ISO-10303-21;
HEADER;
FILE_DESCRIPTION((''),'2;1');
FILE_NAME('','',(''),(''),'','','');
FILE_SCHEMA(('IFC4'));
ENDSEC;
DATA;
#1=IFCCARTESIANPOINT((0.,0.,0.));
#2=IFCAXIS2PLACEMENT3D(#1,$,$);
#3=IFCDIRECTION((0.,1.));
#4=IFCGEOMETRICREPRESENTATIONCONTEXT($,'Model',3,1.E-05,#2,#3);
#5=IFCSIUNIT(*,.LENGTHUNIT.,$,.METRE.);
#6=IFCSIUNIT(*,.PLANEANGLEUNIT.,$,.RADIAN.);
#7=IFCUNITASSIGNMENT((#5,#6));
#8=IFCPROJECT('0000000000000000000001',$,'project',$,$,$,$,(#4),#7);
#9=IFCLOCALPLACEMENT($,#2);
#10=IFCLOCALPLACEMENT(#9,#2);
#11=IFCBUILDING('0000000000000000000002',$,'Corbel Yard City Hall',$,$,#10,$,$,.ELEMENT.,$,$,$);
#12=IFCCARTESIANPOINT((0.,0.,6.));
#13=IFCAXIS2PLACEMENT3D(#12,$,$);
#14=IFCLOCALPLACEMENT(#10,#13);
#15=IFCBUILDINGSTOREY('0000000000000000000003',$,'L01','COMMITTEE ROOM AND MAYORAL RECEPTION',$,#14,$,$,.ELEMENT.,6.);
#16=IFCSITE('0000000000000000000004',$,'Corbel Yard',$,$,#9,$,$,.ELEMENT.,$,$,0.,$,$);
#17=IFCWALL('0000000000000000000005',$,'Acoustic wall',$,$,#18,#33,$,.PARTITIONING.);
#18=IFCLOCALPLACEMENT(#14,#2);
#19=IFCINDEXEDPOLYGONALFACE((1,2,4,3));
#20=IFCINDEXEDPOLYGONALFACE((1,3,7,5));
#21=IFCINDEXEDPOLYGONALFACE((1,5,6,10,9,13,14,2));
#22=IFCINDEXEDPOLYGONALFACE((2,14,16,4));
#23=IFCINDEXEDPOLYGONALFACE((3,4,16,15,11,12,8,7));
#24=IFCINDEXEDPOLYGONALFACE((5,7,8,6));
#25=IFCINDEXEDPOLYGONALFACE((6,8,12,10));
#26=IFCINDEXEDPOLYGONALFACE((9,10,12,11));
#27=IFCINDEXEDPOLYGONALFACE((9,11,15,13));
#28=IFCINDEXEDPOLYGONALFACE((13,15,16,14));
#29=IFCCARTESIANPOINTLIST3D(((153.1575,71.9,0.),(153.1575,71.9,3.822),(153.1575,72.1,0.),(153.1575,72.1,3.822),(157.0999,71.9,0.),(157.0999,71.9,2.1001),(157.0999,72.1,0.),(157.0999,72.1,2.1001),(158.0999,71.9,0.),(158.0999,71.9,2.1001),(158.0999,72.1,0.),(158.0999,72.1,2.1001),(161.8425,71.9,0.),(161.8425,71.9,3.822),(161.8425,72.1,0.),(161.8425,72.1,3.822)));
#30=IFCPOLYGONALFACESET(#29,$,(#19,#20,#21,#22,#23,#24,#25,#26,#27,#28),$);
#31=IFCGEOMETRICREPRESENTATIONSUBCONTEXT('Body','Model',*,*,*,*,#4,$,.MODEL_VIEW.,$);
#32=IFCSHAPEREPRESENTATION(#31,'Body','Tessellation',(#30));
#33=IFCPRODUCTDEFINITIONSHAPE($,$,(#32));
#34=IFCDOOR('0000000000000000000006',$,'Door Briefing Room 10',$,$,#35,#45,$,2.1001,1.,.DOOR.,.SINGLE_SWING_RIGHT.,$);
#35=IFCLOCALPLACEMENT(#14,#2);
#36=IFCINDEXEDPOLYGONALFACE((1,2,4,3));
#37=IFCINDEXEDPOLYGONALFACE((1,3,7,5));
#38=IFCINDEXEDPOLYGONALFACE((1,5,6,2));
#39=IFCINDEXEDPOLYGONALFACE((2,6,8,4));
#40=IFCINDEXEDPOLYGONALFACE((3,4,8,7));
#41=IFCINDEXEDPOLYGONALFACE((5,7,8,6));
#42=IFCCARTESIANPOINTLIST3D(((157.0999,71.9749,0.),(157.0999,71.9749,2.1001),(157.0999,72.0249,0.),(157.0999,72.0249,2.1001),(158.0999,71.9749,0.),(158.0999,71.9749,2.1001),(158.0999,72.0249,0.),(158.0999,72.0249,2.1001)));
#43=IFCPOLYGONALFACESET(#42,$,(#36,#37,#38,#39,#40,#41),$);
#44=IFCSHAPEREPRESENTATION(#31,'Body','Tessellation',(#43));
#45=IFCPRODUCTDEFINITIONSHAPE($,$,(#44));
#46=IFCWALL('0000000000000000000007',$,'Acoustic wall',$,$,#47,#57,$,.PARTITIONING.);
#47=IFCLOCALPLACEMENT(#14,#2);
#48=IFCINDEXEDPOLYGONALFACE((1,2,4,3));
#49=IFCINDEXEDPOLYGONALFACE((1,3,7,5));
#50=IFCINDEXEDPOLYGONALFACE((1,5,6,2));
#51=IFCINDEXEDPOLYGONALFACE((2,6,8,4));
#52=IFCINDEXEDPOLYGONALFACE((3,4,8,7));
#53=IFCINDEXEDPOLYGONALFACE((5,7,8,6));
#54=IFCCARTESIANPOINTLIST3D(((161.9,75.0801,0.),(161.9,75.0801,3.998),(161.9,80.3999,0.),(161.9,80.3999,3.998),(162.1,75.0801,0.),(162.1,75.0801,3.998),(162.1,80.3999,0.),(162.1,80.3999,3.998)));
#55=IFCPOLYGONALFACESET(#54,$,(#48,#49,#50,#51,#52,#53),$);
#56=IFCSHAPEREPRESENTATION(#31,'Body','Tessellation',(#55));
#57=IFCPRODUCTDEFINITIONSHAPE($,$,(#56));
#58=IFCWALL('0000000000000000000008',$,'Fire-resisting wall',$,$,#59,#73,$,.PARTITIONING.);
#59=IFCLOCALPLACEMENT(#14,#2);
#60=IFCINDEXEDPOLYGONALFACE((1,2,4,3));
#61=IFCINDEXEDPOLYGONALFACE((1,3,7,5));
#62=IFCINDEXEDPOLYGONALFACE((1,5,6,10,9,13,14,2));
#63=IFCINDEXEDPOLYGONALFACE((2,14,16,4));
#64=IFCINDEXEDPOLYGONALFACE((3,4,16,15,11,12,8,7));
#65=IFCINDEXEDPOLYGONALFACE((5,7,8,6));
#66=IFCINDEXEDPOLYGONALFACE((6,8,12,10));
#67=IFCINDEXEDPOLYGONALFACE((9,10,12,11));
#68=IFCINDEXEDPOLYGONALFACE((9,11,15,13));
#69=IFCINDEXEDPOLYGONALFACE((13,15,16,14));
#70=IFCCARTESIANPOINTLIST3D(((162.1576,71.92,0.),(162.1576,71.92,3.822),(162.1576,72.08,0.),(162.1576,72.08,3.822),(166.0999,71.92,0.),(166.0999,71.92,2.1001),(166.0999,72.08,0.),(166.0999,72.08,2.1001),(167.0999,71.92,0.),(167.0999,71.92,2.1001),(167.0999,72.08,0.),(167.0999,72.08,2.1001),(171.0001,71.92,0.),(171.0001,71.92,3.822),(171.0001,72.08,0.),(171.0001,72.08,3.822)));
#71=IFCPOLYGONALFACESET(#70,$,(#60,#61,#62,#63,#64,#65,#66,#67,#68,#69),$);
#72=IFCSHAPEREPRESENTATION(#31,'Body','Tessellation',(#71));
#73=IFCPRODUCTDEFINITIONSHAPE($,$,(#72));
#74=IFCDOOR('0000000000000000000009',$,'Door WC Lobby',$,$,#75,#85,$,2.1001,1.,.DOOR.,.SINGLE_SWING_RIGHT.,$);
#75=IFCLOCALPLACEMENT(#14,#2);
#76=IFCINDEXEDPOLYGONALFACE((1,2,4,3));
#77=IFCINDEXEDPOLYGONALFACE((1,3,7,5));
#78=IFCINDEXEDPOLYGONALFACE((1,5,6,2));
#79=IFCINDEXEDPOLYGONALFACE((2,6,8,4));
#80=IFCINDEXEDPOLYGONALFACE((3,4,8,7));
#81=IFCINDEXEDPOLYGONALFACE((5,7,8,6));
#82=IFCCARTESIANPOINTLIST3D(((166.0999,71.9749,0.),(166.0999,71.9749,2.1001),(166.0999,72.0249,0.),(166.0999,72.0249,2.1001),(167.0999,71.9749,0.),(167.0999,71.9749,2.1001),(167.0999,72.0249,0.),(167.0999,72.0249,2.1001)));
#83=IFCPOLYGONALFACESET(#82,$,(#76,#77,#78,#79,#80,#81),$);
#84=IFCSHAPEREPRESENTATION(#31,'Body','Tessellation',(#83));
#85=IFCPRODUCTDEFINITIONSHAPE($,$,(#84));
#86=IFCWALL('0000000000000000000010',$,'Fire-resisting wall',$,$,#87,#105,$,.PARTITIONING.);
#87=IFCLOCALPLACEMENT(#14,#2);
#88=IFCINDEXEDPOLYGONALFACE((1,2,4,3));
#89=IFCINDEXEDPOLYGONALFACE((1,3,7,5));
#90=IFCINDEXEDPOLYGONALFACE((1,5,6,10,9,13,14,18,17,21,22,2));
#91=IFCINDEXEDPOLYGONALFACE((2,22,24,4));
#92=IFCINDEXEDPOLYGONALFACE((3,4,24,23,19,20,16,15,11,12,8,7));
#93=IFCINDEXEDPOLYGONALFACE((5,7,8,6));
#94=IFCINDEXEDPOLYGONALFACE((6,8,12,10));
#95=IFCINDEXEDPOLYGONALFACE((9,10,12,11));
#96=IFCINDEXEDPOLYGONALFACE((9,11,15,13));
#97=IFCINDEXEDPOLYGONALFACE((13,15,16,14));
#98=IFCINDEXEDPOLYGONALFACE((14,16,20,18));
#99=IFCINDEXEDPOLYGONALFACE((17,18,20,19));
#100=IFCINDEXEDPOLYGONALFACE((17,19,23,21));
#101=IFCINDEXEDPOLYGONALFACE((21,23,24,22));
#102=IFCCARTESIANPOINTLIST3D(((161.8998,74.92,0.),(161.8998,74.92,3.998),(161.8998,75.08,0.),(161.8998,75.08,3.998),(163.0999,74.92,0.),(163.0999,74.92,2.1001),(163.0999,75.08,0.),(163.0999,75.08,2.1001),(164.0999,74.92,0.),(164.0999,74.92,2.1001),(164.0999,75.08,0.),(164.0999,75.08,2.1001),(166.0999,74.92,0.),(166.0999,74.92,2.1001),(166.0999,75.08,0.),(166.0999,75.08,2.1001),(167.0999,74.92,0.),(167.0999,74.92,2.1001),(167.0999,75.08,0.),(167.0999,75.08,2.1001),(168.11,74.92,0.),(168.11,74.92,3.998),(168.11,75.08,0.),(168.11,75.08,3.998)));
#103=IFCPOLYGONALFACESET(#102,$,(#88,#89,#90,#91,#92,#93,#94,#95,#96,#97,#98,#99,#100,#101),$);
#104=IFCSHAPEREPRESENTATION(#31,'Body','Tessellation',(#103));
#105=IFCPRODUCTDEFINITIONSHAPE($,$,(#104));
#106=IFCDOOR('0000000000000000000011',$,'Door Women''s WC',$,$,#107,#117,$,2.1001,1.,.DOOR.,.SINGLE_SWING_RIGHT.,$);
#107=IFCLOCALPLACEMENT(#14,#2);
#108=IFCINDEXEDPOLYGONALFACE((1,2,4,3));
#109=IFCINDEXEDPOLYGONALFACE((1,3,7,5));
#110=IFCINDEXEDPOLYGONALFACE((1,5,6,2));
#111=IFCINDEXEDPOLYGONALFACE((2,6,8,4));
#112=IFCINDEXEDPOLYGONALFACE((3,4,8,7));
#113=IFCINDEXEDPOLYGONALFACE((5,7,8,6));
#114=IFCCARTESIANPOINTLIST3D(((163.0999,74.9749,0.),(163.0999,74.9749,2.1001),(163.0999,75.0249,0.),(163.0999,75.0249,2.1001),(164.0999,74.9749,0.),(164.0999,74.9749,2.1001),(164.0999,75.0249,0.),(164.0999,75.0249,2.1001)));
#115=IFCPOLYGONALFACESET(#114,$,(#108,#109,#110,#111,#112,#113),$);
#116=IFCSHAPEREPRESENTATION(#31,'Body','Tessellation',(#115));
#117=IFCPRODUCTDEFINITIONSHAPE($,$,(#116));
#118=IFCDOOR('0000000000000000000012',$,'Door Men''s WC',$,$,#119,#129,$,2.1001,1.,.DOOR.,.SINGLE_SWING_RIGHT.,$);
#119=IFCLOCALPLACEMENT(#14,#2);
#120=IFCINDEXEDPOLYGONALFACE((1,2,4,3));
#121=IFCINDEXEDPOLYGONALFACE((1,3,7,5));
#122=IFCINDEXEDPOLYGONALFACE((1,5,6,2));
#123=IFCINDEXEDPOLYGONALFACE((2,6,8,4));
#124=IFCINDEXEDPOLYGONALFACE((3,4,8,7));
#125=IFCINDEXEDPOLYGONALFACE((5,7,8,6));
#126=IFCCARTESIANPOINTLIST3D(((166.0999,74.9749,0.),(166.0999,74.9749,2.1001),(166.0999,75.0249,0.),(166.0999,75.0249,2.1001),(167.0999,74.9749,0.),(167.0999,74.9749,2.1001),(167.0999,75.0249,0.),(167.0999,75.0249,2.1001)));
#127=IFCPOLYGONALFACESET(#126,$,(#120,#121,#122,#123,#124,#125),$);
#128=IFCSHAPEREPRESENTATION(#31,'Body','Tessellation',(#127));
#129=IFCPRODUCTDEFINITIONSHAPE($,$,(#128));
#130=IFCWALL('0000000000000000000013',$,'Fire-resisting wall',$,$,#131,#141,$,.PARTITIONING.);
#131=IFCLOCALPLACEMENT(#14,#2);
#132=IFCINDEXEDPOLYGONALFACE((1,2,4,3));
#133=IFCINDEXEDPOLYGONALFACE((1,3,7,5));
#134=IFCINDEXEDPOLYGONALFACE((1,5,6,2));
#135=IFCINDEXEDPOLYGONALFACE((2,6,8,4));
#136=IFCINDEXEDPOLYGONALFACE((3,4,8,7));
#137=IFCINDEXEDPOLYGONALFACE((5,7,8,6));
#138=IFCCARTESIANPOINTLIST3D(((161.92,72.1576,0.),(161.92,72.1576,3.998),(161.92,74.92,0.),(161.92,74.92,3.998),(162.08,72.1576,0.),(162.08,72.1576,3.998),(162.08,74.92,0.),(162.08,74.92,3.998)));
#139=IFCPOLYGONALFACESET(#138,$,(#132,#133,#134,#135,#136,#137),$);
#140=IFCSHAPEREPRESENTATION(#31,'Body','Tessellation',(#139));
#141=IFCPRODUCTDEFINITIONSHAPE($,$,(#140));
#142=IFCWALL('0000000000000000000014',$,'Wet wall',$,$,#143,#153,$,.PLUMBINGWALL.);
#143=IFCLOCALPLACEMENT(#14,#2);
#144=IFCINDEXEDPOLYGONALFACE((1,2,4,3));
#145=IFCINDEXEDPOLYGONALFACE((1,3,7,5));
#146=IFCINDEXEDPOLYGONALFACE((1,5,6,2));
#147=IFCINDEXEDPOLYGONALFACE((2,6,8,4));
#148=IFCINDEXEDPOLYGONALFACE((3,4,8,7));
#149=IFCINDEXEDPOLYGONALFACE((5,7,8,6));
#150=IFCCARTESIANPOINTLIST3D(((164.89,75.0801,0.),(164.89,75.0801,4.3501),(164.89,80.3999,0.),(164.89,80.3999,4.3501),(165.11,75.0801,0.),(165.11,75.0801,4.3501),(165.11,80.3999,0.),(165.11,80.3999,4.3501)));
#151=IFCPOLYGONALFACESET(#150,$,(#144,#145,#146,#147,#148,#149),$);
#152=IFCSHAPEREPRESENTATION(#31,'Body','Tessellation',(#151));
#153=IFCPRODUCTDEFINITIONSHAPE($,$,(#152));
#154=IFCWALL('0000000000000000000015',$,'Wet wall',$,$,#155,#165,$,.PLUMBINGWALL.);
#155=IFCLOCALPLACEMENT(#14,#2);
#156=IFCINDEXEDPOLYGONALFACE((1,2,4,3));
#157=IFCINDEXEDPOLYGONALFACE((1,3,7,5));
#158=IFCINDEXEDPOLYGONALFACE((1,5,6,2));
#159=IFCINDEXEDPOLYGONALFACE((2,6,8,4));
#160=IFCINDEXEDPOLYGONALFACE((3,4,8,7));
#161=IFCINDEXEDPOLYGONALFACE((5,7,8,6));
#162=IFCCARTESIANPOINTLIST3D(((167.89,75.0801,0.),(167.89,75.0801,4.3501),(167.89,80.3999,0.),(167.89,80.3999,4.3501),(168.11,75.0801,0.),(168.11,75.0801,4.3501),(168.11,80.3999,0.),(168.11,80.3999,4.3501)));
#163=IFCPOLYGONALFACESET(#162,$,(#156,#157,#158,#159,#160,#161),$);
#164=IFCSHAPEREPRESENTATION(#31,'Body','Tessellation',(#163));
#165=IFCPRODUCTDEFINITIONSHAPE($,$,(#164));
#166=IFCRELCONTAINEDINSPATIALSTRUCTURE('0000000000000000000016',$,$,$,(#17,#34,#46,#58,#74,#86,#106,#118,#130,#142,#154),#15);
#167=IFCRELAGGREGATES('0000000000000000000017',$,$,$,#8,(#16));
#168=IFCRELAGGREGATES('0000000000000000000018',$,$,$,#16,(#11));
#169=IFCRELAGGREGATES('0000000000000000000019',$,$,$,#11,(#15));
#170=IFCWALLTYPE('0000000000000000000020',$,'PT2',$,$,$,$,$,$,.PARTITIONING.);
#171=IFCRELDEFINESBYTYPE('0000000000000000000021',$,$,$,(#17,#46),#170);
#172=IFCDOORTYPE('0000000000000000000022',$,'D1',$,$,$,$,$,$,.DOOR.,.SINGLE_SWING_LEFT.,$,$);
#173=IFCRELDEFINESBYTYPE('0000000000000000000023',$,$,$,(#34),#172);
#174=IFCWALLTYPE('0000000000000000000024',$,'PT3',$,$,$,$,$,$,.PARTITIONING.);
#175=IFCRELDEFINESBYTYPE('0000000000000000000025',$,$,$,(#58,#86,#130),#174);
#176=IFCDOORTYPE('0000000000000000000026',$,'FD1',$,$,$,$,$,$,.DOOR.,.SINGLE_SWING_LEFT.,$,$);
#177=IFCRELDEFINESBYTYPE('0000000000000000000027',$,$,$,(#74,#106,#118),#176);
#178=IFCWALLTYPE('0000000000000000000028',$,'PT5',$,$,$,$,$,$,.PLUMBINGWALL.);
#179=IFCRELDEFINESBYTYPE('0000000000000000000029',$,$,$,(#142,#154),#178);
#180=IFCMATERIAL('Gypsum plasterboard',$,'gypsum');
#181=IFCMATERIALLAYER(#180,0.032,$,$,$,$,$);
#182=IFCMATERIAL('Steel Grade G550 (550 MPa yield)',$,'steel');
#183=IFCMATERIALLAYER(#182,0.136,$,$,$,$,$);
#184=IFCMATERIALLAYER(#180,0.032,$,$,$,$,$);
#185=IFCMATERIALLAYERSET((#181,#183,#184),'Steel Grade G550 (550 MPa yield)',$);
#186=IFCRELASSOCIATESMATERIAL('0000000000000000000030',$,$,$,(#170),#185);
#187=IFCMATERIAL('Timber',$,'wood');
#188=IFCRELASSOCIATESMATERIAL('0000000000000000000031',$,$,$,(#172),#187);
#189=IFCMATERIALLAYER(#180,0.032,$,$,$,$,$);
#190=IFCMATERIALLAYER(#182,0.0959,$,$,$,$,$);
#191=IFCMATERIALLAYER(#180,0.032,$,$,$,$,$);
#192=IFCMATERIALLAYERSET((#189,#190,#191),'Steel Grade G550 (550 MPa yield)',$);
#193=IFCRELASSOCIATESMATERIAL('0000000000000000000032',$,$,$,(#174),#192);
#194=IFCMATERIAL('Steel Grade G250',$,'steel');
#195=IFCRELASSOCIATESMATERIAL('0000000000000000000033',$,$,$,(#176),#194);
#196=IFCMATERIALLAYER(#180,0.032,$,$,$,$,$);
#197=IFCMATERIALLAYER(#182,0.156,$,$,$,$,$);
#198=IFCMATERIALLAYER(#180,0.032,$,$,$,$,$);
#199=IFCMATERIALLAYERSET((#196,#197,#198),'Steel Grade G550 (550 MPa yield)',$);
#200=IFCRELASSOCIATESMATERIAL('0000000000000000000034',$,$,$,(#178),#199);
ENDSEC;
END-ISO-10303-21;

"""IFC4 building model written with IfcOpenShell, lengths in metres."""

from ifc_helpers import new_model, si_unit, direction, frame, frame_2d, origin, place, context, subcontext, project, spatial, rectangle, extrude, material, layer, layer_set, type_object, element, fill, save


model = new_model("IFC4")

# Units and contexts
model_context = context("Model", 3, precision=1e-05, world=origin(), true_north=direction((0.0, 1.0)))
body_context = subcontext(model_context, "Body", "Model", "MODEL_VIEW")
ifc_project = project(units=[si_unit("LENGTHUNIT", "METRE"), si_unit("PLANEANGLEUNIT", "RADIAN")], contexts=[model_context])

# Site, building, storey
site_placement = place(None, origin())
site = spatial("IfcSite", under=ifc_project, at=site_placement, Name="Corbel Yard", CompositionType="ELEMENT", RefElevation=0.0)
building_placement = place(site_placement, origin())
building = spatial("IfcBuilding", under=site, at=building_placement, Name="Corbel Yard City Hall", CompositionType="ELEMENT")
storey_placement = place(building_placement, frame((0.0, 0.0, 6.0)))
storey = spatial("IfcBuildingStorey", under=building, at=storey_placement, Name="L01", Description="COMMITTEE ROOM AND MAYORAL RECEPTION", CompositionType="ELEMENT", Elevation=6.0)

# Wall, opening, door
ifc_material_1 = material(Name="Gypsum plasterboard", Category="gypsum")
ifc_layer_1 = layer(ifc_material_1, 0.032)
ifc_material_2 = material(Name="Steel Grade G550 (550 MPa yield)", Category="steel")
ifc_layer_2 = layer(ifc_material_2, 0.136)
ifc_layer_3 = layer(ifc_material_1, 0.032)
ifc_layer_set_1 = layer_set([ifc_layer_1, ifc_layer_2, ifc_layer_3], Name="Steel Grade G550 (550 MPa yield)")
wall_type_1 = type_object("IfcWallType", Name="PT2", PredefinedType="PARTITIONING", material=ifc_layer_set_1)
wall_1_placement = place(storey_placement, frame((153.1575, 72.0, 0.0), z_axis=(0.0, 0.0, 1.0), x_axis=(1.0, 0.0, 0.0)))
wall_1 = element("IfcWall", 1, at=wall_1_placement, inside=storey, type_object=wall_type_1, Name="Acoustic wall", PredefinedType="PARTITIONING", context=body_context, shape_type="SweptSolid", body=[
    extrude(rectangle(XDim=8.6851, YDim=0.2, at=frame_2d((4.3425, 0.0))), origin(), (0.0, 0.0, 1.0), 3.822),
])
opening_1_placement = place(wall_1_placement, frame((3.9424, 0.0, 0.0)))
opening_1 = element("IfcOpeningElement", 2, at=opening_1_placement, cuts=wall_1, PredefinedType="OPENING", context=body_context, shape_type="SweptSolid", body=[
    extrude(rectangle(XDim=1.0, YDim=2.1001, at=frame_2d((0.5, 1.05))), frame((0.0, 0.1099, 0.0), z_axis=(0.0, -1.0, 0.0), x_axis=(1.0, 0.0, 0.0)), (0.0, 0.0, 1.0), 0.22),
])
ifc_material_3 = material(Name="Timber", Category="wood")
door_type_1 = type_object("IfcDoorType", Name="D1", OperationType="SINGLE_SWING_LEFT", PredefinedType="DOOR", material=ifc_material_3)
door_1_placement = place(opening_1_placement, origin())
door_1 = element("IfcDoor", 3, at=door_1_placement, inside=storey, type_object=door_type_1, Name="Door Briefing Room 10", OperationType="SINGLE_SWING_RIGHT", OverallHeight=2.1001, OverallWidth=1.0, PredefinedType="DOOR", context=body_context, shape_type="SweptSolid", body=[
    extrude(rectangle(XDim=1.0, YDim=2.1001, at=frame_2d((0.5, 1.05))), frame((0.0, 0.0249, 0.0), z_axis=(0.0, -1.0, 0.0), x_axis=(1.0, 0.0, 0.0)), (0.0, 0.0, 1.0), 0.05),
])
fill(opening_1, door_1)

# Wall
wall_2_placement = place(storey_placement, frame((162.0, 75.0801, 0.0), z_axis=(0.0, 0.0, 1.0), x_axis=(0.0, 1.0, 0.0)))
element("IfcWall", 4, at=wall_2_placement, inside=storey, type_object=wall_type_1, Name="Acoustic wall", PredefinedType="PARTITIONING", context=body_context, shape_type="SweptSolid", body=[
    extrude(rectangle(XDim=5.3198, YDim=0.2, at=frame_2d((2.6599, 0.0))), origin(), (0.0, 0.0, 1.0), 3.998),
])

# Wall, opening, door
ifc_layer_4 = layer(ifc_material_1, 0.032)
ifc_layer_5 = layer(ifc_material_2, 0.0959)
ifc_layer_6 = layer(ifc_material_1, 0.032)
ifc_layer_set_2 = layer_set([ifc_layer_4, ifc_layer_5, ifc_layer_6], Name="Steel Grade G550 (550 MPa yield)")
wall_type_2 = type_object("IfcWallType", Name="PT3", PredefinedType="PARTITIONING", material=ifc_layer_set_2)
wall_3_placement = place(storey_placement, frame((162.1575, 72.0, 0.0), z_axis=(0.0, 0.0, 1.0), x_axis=(1.0, 0.0, 0.0)))
wall_3 = element("IfcWall", 5, at=wall_3_placement, inside=storey, type_object=wall_type_2, Name="Fire-resisting wall", PredefinedType="PARTITIONING", context=body_context, shape_type="SweptSolid", body=[
    extrude(rectangle(XDim=8.8425, YDim=0.1599, at=frame_2d((4.4214, 0.0))), origin(), (0.0, 0.0, 1.0), 3.822),
])
opening_2_placement = place(wall_3_placement, frame((3.9424, 0.0, 0.0)))
opening_2 = element("IfcOpeningElement", 6, at=opening_2_placement, cuts=wall_3, PredefinedType="OPENING", context=body_context, shape_type="SweptSolid", body=[
    extrude(rectangle(XDim=1.0, YDim=2.1001, at=frame_2d((0.5, 1.05))), frame((0.0, 0.0898, 0.0), z_axis=(0.0, -1.0, 0.0), x_axis=(1.0, 0.0, 0.0)), (0.0, 0.0, 1.0), 0.1799),
])
ifc_material_4 = material(Name="Steel Grade G250", Category="steel")
door_type_2 = type_object("IfcDoorType", Name="FD1", OperationType="SINGLE_SWING_LEFT", PredefinedType="DOOR", material=ifc_material_4)
door_2_placement = place(opening_2_placement, origin())
door_2 = element("IfcDoor", 7, at=door_2_placement, inside=storey, type_object=door_type_2, Name="Door WC Lobby", OperationType="SINGLE_SWING_RIGHT", OverallHeight=2.1001, OverallWidth=1.0, PredefinedType="DOOR", context=body_context, shape_type="SweptSolid", body=[
    extrude(rectangle(XDim=1.0, YDim=2.1001, at=frame_2d((0.5, 1.05))), frame((0.0, 0.0249, 0.0), z_axis=(0.0, -1.0, 0.0), x_axis=(1.0, 0.0, 0.0)), (0.0, 0.0, 1.0), 0.05),
])
fill(opening_2, door_2)

# Wall, openings, doors
wall_4_placement = place(storey_placement, frame((161.8999, 75.0, 0.0), z_axis=(0.0, 0.0, 1.0), x_axis=(1.0, 0.0, 0.0)))
wall_4 = element("IfcWall", 8, at=wall_4_placement, inside=storey, type_object=wall_type_2, Name="Fire-resisting wall", PredefinedType="PARTITIONING", context=body_context, shape_type="SweptSolid", body=[
    extrude(rectangle(XDim=6.2102, YDim=0.1599, at=frame_2d((3.105, 0.0))), origin(), (0.0, 0.0, 1.0), 3.998),
])
opening_3_placement = place(wall_4_placement, frame((1.2, 0.0, 0.0)))
opening_3 = element("IfcOpeningElement", 9, at=opening_3_placement, cuts=wall_4, PredefinedType="OPENING", context=body_context, shape_type="SweptSolid", body=[
    extrude(rectangle(XDim=1.0, YDim=2.1001, at=frame_2d((0.5, 1.05))), frame((0.0, 0.0898, 0.0), z_axis=(0.0, -1.0, 0.0), x_axis=(1.0, 0.0, 0.0)), (0.0, 0.0, 1.0), 0.1799),
])
opening_4_placement = place(wall_4_placement, frame((4.2, 0.0, 0.0)))
opening_4 = element("IfcOpeningElement", 10, at=opening_4_placement, cuts=wall_4, PredefinedType="OPENING", context=body_context, shape_type="SweptSolid", body=[
    extrude(rectangle(XDim=1.0, YDim=2.1001, at=frame_2d((0.5, 1.05))), frame((0.0, 0.0898, 0.0), z_axis=(0.0, -1.0, 0.0), x_axis=(1.0, 0.0, 0.0)), (0.0, 0.0, 1.0), 0.1799),
])
door_3_placement = place(opening_3_placement, origin())
door_3 = element("IfcDoor", 11, at=door_3_placement, inside=storey, type_object=door_type_2, Name="Door Women's WC", OperationType="SINGLE_SWING_RIGHT", OverallHeight=2.1001, OverallWidth=1.0, PredefinedType="DOOR", context=body_context, shape_type="SweptSolid", body=[
    extrude(rectangle(XDim=1.0, YDim=2.1001, at=frame_2d((0.5, 1.05))), frame((0.0, 0.0249, 0.0), z_axis=(0.0, -1.0, 0.0), x_axis=(1.0, 0.0, 0.0)), (0.0, 0.0, 1.0), 0.05),
])
fill(opening_3, door_3)
door_4_placement = place(opening_4_placement, origin())
door_4 = element("IfcDoor", 12, at=door_4_placement, inside=storey, type_object=door_type_2, Name="Door Men's WC", OperationType="SINGLE_SWING_RIGHT", OverallHeight=2.1001, OverallWidth=1.0, PredefinedType="DOOR", context=body_context, shape_type="SweptSolid", body=[
    extrude(rectangle(XDim=1.0, YDim=2.1001, at=frame_2d((0.5, 1.05))), frame((0.0, 0.0249, 0.0), z_axis=(0.0, -1.0, 0.0), x_axis=(1.0, 0.0, 0.0)), (0.0, 0.0, 1.0), 0.05),
])
fill(opening_4, door_4)

# Walls
wall_5_placement = place(storey_placement, frame((162.0, 72.1575, 0.0), z_axis=(0.0, 0.0, 1.0), x_axis=(0.0, 1.0, 0.0)))
element("IfcWall", 13, at=wall_5_placement, inside=storey, type_object=wall_type_2, Name="Fire-resisting wall", PredefinedType="PARTITIONING", context=body_context, shape_type="SweptSolid", body=[
    extrude(rectangle(XDim=2.7625, YDim=0.1599, at=frame_2d((1.3813, 0.0))), origin(), (0.0, 0.0, 1.0), 3.998),
])
ifc_layer_7 = layer(ifc_material_1, 0.032)
ifc_layer_8 = layer(ifc_material_2, 0.156)
ifc_layer_9 = layer(ifc_material_1, 0.032)
ifc_layer_set_3 = layer_set([ifc_layer_7, ifc_layer_8, ifc_layer_9], Name="Steel Grade G550 (550 MPa yield)")
wall_type_3 = type_object("IfcWallType", Name="PT5", PredefinedType="PLUMBINGWALL", material=ifc_layer_set_3)
for number, where, z_axis, x_axis, name in (
    (14, (165.0, 75.0801, 0.0), (0.0, 0.0, 1.0), (0.0, 1.0, 0.0), "Wet wall"),
    (15, (168.0, 75.0801, 0.0), (0.0, 0.0, 1.0), (0.0, 1.0, 0.0), "Wet wall"),
):
    element("IfcWall", number, at=place(storey_placement, frame(where, z_axis=z_axis, x_axis=x_axis)), inside=storey, type_object=wall_type_3, Name=name, PredefinedType="PLUMBINGWALL", context=body_context, shape_type="SweptSolid", body=[
        extrude(rectangle(XDim=5.3198, YDim=0.22, at=frame_2d((2.6599, 0.0))), origin(), (0.0, 0.0, 1.0), 4.3501),
    ])

save(model, "model.ifc")
